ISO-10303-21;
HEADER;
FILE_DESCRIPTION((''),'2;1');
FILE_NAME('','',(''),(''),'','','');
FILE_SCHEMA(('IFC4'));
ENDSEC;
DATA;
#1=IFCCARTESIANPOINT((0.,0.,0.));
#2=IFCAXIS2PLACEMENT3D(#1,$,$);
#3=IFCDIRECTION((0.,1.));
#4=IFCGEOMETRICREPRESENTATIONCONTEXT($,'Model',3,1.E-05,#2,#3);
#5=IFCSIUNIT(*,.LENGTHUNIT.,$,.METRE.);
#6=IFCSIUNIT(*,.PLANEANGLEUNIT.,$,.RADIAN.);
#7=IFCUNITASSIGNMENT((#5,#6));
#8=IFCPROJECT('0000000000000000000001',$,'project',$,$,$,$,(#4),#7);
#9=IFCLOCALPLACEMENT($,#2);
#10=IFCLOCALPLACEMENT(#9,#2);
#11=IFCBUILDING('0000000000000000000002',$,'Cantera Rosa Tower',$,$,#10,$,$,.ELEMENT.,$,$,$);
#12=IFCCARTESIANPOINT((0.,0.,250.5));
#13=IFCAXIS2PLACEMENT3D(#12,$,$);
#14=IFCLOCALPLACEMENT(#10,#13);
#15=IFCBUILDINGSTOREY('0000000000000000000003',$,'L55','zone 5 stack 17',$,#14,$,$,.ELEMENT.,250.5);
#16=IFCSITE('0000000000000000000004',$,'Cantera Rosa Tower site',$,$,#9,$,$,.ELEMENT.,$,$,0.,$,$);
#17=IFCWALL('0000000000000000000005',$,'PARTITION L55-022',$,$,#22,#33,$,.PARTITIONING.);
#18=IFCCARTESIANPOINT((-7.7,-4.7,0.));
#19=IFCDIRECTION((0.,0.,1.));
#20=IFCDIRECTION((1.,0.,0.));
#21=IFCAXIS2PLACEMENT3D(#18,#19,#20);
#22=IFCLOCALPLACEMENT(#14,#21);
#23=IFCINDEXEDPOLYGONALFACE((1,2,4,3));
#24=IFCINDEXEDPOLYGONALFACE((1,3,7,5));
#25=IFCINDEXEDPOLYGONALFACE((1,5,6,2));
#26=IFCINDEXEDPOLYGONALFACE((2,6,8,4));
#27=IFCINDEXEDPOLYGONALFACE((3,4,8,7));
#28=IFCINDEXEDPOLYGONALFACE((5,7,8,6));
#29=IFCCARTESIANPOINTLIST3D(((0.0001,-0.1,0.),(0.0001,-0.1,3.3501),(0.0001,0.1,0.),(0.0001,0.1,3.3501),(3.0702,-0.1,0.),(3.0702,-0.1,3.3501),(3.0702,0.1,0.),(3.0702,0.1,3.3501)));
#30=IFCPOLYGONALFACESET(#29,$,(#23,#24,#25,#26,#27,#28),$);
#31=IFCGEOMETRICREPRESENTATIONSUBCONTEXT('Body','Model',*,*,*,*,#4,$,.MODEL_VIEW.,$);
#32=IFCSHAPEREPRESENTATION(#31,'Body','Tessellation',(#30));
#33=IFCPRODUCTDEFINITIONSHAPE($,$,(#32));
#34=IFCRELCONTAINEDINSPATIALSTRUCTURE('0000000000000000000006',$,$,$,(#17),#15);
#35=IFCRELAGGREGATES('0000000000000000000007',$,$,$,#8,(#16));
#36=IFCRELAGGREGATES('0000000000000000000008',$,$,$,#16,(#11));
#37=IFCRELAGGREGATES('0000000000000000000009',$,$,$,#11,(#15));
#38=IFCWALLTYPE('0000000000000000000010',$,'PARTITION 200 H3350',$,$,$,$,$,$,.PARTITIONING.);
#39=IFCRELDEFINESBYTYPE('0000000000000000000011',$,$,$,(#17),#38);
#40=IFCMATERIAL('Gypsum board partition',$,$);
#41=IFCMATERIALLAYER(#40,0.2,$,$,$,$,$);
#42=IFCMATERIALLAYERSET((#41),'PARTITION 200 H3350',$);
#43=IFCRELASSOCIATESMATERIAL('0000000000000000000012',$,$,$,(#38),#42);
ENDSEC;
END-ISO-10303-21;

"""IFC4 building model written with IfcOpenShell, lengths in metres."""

from ifc_helpers import new_model, si_unit, direction, frame, frame_2d, origin, place, context, subcontext, project, spatial, rectangle, extrude, material, layer, layer_set, type_object, element, save


model = new_model("IFC4")

# Units and contexts
model_context = context("Model", 3, precision=1e-05, world=origin(), true_north=direction((0.0, 1.0)))
body_context = subcontext(model_context, "Body", "Model", "MODEL_VIEW")
ifc_project = project(units=[si_unit("LENGTHUNIT", "METRE"), si_unit("PLANEANGLEUNIT", "RADIAN")], contexts=[model_context])

# Site, building, storey
site_placement = place(None, origin())
site = spatial("IfcSite", under=ifc_project, at=site_placement, Name="Cantera Rosa Tower site", CompositionType="ELEMENT", RefElevation=0.0)
building_placement = place(site_placement, origin())
building = spatial("IfcBuilding", under=site, at=building_placement, Name="Cantera Rosa Tower", CompositionType="ELEMENT")
storey_placement = place(building_placement, frame((0.0, 0.0, 250.5)))
storey = spatial("IfcBuildingStorey", under=building, at=storey_placement, Name="L55", Description="zone 5 stack 17", CompositionType="ELEMENT", Elevation=250.5)

# Wall
ifc_material_1 = material(Name="Gypsum board partition")
ifc_layer_1 = layer(ifc_material_1, 0.2)
ifc_layer_set_1 = layer_set([ifc_layer_1], Name="PARTITION 200 H3350")
wall_type_1 = type_object("IfcWallType", Name="PARTITION 200 H3350", PredefinedType="PARTITIONING", material=ifc_layer_set_1)
wall_1_placement = place(storey_placement, frame((-7.7, -4.7, 0.0), z_axis=(0.0, 0.0, 1.0), x_axis=(1.0, 0.0, 0.0)))
element("IfcWall", 1, at=wall_1_placement, inside=storey, type_object=wall_type_1, Name="PARTITION L55-022", PredefinedType="PARTITIONING", context=body_context, shape_type="SweptSolid", body=[
    extrude(rectangle(XDim=3.0701, YDim=0.2, at=frame_2d((1.5352, 0.0))), origin(), (0.0, 0.0, 1.0), 3.3501),
])

save(model, "model.ifc")
